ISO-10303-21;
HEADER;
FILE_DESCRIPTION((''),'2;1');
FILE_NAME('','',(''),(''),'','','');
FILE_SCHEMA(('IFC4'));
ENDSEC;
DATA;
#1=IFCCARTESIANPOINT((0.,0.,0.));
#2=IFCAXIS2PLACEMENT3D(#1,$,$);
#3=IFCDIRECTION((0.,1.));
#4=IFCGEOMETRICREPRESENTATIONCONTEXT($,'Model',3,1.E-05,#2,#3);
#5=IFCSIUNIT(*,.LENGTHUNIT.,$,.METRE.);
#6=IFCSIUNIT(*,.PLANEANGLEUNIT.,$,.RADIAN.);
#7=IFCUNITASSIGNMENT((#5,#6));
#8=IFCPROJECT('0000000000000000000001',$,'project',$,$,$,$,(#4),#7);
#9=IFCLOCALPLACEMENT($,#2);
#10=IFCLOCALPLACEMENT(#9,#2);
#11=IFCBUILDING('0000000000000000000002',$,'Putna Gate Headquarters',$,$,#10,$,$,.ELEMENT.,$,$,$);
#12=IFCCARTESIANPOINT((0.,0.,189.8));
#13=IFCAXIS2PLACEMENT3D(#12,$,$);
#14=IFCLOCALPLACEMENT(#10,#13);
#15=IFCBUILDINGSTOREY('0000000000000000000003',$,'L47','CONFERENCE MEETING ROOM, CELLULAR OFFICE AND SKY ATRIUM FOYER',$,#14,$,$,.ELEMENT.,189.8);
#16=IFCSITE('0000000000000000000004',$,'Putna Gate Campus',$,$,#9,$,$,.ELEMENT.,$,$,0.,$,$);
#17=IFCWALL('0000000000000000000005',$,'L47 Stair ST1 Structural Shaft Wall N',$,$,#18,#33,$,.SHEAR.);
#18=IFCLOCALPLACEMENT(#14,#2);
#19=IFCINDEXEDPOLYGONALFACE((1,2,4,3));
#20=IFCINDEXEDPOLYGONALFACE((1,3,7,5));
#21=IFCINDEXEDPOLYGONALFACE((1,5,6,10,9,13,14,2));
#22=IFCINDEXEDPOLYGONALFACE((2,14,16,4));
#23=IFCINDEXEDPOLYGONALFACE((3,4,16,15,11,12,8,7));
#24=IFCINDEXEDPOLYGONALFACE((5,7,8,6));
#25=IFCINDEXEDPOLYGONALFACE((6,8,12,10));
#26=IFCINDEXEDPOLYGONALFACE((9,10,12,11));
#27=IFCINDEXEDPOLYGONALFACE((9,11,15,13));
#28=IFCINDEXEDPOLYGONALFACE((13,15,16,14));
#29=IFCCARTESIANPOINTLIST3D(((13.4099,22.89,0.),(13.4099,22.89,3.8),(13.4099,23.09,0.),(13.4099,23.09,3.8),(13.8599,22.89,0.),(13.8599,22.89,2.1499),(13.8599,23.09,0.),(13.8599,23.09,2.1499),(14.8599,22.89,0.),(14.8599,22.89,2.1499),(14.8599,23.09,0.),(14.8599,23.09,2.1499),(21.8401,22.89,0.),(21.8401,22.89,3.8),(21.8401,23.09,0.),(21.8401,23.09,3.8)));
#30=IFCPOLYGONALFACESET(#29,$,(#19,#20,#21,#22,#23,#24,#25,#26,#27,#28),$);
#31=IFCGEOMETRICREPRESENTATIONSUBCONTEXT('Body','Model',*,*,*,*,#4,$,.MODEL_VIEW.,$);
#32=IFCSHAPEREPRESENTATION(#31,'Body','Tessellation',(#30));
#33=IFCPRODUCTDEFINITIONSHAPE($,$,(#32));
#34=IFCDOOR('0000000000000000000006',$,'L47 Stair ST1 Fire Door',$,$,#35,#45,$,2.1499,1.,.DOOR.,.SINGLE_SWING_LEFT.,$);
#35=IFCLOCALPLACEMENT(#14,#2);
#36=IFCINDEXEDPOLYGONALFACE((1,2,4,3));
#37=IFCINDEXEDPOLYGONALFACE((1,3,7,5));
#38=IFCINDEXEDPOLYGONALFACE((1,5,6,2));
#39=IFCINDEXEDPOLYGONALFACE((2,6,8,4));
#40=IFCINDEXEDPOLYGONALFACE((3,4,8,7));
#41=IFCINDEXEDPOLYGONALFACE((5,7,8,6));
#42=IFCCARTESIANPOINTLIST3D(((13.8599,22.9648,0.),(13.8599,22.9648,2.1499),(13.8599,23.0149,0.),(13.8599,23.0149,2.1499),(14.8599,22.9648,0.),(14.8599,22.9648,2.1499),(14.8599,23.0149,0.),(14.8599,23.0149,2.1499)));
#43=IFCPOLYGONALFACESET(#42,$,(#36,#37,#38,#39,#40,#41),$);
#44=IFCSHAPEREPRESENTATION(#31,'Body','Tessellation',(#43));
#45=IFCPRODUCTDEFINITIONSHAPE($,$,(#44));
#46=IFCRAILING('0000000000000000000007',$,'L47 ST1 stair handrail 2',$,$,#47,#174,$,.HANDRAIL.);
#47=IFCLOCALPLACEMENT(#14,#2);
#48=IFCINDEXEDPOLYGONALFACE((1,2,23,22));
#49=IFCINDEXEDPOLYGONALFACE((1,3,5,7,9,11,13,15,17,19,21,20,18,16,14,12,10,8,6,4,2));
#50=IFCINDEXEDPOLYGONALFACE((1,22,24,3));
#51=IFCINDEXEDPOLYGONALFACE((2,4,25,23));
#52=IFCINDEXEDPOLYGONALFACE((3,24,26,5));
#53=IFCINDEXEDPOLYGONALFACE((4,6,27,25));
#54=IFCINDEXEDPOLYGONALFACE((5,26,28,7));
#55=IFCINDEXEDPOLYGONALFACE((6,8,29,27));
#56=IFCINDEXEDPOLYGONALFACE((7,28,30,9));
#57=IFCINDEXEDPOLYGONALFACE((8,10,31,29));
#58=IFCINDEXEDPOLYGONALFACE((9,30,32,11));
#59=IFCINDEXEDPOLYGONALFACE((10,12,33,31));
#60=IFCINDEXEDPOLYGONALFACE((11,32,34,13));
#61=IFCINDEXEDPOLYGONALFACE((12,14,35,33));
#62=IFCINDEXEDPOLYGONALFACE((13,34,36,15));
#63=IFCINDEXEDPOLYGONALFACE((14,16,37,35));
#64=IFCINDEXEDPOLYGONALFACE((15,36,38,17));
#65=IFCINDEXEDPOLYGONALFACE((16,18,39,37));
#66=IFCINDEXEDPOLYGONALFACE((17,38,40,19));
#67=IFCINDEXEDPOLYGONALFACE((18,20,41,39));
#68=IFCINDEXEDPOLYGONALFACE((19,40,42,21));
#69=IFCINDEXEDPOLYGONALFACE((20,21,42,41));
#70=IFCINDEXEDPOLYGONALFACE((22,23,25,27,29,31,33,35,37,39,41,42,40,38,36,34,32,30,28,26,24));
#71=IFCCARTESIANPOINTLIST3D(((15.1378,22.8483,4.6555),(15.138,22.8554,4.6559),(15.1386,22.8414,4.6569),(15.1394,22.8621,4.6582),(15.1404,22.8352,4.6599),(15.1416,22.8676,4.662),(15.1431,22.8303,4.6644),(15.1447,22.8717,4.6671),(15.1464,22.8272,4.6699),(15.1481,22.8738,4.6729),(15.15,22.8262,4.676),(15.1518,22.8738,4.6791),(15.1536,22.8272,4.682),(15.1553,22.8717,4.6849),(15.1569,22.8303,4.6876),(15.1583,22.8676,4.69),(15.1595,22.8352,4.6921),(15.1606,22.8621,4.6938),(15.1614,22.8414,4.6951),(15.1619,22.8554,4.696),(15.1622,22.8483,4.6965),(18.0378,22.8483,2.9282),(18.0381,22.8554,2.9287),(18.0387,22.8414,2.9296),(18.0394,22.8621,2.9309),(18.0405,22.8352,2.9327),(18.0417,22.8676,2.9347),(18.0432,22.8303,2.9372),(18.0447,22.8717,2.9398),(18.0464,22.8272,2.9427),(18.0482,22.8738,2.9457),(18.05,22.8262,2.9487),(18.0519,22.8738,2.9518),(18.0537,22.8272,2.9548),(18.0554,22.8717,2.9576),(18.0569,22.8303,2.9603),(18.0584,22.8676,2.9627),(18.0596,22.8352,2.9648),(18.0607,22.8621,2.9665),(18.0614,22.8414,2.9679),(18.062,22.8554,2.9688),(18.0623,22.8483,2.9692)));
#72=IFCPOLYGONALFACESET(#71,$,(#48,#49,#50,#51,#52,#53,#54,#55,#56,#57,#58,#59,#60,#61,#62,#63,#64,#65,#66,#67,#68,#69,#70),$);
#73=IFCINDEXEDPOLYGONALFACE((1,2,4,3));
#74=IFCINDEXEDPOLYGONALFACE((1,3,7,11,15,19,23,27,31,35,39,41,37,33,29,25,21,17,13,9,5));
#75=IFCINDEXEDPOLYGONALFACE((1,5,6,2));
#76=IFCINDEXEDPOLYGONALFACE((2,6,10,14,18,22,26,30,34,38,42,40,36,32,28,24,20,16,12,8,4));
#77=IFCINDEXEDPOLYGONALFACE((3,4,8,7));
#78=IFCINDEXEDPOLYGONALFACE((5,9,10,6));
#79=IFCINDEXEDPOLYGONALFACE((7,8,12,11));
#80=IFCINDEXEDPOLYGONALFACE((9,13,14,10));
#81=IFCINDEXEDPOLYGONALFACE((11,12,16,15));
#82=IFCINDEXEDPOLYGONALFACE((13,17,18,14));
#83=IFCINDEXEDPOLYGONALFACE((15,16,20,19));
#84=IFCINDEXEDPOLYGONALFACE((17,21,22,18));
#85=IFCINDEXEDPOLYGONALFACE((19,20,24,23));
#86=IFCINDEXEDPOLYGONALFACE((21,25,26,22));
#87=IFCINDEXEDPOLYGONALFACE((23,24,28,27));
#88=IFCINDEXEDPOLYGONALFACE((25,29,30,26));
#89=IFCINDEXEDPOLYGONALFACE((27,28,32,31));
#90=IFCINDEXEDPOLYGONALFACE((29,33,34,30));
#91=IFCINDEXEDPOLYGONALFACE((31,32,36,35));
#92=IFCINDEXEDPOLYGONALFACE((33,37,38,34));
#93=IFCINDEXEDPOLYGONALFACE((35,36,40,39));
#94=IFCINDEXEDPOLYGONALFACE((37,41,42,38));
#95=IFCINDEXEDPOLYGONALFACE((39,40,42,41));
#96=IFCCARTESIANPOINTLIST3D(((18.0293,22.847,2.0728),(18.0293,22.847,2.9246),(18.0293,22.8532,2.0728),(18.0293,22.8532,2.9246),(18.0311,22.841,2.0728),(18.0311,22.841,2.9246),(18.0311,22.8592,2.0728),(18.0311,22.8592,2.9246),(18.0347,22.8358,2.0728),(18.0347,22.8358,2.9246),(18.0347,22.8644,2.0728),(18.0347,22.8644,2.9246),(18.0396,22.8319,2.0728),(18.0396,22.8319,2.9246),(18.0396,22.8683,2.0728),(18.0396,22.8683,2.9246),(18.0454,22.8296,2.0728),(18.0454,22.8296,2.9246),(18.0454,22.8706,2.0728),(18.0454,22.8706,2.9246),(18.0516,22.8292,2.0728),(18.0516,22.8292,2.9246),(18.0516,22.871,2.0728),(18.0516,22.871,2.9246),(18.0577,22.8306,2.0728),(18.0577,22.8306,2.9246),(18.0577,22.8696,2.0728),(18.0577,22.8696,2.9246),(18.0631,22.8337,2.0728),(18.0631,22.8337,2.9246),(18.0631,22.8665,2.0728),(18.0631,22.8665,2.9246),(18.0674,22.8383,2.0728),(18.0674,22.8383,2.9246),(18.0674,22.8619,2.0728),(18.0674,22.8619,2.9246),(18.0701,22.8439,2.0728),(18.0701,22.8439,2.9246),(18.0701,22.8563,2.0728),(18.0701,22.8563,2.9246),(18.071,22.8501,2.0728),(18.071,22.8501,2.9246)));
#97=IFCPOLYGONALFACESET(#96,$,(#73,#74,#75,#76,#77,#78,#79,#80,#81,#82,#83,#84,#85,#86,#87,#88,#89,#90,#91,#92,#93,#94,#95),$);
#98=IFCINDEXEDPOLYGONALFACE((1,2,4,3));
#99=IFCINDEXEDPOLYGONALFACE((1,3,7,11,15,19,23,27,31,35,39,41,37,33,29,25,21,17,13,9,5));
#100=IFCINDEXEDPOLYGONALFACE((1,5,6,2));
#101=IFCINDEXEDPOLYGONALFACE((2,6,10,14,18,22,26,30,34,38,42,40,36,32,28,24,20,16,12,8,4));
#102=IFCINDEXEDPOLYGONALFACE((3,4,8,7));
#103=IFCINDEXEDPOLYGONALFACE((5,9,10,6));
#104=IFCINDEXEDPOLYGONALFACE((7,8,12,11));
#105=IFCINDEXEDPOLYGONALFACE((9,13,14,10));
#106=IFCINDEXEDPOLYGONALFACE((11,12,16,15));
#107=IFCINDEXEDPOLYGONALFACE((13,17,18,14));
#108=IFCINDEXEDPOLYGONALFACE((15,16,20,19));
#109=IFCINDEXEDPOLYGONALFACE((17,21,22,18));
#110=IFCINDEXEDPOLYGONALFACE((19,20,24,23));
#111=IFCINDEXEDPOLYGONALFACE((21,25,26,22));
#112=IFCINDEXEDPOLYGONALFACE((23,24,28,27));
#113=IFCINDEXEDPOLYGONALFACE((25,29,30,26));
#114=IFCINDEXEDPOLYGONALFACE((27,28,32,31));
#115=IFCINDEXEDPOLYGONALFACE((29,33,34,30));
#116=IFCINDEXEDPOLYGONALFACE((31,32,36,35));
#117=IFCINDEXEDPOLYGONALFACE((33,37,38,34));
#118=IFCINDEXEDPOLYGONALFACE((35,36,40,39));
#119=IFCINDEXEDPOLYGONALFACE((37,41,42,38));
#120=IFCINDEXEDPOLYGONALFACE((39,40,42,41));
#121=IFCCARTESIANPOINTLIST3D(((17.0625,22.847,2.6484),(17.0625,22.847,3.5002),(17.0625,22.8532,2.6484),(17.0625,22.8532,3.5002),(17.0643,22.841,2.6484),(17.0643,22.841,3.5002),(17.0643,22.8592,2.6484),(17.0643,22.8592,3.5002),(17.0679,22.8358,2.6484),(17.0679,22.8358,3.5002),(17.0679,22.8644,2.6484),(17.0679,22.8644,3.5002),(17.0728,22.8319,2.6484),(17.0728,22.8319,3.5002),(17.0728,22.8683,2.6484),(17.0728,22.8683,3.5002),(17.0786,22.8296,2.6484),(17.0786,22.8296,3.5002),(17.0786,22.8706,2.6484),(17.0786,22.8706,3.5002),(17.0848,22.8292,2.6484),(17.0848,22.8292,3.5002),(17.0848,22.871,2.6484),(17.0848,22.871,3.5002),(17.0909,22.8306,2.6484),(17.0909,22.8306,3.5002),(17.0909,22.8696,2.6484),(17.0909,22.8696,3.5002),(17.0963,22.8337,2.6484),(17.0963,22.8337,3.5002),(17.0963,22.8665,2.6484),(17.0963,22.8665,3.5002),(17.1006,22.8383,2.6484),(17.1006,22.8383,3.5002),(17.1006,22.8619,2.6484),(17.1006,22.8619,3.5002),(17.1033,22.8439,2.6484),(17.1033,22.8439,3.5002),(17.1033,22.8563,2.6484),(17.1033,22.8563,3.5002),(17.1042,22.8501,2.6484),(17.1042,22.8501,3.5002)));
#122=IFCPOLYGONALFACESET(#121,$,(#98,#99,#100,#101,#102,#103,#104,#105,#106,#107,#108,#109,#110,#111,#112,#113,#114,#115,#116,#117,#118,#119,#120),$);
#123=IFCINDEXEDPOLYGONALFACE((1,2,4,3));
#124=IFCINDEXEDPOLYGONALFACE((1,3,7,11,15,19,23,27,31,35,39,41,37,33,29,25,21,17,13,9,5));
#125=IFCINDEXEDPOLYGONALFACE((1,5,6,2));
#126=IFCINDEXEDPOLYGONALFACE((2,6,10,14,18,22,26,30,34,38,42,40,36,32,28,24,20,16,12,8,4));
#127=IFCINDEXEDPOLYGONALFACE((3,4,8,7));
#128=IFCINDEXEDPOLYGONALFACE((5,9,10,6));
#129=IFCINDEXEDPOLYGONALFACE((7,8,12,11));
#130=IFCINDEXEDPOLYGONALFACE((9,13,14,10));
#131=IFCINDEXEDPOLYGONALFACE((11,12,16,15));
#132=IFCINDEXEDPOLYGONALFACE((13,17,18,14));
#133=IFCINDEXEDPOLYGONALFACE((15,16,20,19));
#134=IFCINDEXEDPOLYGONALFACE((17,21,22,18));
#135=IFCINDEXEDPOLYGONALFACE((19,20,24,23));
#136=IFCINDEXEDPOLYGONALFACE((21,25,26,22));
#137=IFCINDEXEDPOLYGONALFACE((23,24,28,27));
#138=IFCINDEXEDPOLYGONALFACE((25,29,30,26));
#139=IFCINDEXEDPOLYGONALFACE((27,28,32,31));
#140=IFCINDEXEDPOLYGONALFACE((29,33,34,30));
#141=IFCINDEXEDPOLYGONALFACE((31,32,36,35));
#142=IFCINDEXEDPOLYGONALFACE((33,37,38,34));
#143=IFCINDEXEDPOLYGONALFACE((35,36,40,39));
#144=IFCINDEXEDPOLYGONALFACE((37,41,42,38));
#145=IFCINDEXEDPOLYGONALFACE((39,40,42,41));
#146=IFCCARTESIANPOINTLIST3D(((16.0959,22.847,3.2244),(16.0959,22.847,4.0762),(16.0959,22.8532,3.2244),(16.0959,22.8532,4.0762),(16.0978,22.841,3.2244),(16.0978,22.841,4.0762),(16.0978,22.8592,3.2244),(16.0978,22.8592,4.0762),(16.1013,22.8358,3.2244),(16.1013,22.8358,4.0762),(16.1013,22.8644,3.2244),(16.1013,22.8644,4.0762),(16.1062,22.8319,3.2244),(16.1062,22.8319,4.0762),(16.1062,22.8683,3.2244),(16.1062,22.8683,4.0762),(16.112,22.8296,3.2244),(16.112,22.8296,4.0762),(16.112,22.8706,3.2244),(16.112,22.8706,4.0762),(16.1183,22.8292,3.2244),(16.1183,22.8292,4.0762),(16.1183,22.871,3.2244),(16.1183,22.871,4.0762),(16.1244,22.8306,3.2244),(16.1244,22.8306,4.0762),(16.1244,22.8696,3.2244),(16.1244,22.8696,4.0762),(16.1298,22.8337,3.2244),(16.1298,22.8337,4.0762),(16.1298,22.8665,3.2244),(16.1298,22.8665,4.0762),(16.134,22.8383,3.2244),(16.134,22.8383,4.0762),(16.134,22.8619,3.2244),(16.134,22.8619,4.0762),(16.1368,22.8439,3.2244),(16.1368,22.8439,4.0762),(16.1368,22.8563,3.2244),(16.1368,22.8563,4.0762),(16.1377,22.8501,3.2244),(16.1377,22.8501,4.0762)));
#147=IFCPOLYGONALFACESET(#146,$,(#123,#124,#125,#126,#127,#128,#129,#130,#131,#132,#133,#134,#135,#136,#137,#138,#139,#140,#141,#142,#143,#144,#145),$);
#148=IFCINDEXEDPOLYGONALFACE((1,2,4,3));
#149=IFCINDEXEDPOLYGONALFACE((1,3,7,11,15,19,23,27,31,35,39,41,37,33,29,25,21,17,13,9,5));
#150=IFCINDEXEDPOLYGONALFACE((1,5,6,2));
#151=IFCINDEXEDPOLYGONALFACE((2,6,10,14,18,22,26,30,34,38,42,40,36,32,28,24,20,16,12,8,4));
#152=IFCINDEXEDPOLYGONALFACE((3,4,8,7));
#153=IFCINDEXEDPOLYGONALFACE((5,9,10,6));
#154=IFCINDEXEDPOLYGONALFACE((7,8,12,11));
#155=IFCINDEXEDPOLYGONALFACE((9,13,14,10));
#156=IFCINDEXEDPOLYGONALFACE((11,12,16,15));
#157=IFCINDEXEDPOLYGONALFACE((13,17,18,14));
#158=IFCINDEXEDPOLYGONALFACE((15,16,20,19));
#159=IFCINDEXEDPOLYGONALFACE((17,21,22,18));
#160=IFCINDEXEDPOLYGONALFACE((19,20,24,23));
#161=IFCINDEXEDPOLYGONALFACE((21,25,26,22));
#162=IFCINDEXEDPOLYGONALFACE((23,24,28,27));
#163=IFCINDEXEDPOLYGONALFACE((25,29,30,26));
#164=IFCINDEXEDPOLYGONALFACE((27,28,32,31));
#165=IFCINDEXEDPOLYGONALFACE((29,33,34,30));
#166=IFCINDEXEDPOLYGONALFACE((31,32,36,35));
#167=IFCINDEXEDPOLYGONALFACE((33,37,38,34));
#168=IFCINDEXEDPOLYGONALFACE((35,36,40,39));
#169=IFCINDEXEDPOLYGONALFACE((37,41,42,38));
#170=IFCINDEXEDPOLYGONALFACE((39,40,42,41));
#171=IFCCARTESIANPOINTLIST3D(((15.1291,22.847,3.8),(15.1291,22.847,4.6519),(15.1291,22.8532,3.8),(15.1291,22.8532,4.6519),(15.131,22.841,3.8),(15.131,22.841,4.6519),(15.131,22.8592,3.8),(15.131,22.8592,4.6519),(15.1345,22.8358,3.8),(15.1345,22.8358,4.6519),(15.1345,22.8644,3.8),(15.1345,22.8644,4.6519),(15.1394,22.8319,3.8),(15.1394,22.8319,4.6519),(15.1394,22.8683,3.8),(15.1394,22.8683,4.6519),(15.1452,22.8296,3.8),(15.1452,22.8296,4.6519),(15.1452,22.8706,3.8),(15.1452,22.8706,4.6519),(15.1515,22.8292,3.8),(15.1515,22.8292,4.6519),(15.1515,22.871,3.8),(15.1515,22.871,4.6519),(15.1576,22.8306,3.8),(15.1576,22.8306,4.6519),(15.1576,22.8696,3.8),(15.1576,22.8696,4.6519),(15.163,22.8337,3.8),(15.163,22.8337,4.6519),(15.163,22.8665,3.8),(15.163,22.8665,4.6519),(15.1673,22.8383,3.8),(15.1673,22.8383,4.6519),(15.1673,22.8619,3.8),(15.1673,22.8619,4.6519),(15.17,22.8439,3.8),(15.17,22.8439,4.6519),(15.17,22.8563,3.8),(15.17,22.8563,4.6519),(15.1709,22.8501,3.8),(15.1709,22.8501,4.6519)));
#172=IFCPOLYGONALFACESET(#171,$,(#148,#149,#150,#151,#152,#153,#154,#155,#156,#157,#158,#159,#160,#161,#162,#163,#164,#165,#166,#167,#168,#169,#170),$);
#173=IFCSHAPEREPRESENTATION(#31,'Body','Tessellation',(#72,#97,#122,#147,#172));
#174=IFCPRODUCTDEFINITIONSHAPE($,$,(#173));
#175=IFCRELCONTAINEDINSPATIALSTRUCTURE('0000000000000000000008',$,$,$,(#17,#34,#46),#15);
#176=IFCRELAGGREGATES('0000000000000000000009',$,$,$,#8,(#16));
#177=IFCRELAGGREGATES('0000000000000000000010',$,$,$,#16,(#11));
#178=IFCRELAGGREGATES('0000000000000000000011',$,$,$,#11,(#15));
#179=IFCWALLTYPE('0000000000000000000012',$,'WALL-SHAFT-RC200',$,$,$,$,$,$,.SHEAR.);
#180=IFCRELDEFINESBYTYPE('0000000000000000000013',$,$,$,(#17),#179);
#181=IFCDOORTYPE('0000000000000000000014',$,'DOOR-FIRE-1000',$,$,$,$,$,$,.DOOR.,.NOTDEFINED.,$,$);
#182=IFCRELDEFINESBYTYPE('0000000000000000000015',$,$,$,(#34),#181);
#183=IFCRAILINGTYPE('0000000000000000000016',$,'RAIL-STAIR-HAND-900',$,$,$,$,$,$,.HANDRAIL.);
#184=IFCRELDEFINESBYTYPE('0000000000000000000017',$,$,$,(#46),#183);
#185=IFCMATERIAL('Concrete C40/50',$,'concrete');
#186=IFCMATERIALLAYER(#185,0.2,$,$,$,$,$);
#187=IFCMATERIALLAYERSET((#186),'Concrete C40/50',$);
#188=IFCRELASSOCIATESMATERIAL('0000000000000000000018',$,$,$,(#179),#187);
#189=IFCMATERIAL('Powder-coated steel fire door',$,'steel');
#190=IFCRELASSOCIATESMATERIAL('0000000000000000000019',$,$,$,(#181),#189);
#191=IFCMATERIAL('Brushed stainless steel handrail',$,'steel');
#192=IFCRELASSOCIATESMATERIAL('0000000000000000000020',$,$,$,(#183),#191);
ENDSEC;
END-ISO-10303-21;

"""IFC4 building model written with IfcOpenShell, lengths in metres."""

from ifc_helpers import new_model, si_unit, direction, frame, frame_2d, origin, origin_2d, place, context, subcontext, project, spatial, rectangle, circle, extrude, material, layer, layer_set, type_object, element, fill, save


model = new_model("IFC4")

# Units and contexts
model_context = context("Model", 3, precision=1e-05, world=origin(), true_north=direction((0.0, 1.0)))
body_context = subcontext(model_context, "Body", "Model", "MODEL_VIEW")
ifc_project = project(units=[si_unit("LENGTHUNIT", "METRE"), si_unit("PLANEANGLEUNIT", "RADIAN")], contexts=[model_context])

# Site, building, storey
site_placement = place(None, origin())
site = spatial("IfcSite", under=ifc_project, at=site_placement, Name="Putna Gate Campus", CompositionType="ELEMENT", RefElevation=0.0)
building_placement = place(site_placement, origin())
building = spatial("IfcBuilding", under=site, at=building_placement, Name="Putna Gate Headquarters", CompositionType="ELEMENT")
storey_placement = place(building_placement, frame((0.0, 0.0, 189.8)))
storey = spatial("IfcBuildingStorey", under=building, at=storey_placement, Name="L47", Description="CONFERENCE MEETING ROOM, CELLULAR OFFICE AND SKY ATRIUM FOYER", CompositionType="ELEMENT", Elevation=189.8)

# Shared definitions
ifc_material_1 = material(Name="Concrete C40/50", Category="concrete")

# Wall, opening, door
ifc_layer_1 = layer(ifc_material_1, 0.2)
ifc_layer_set_1 = layer_set([ifc_layer_1], Name="Concrete C40/50")
wall_type_1 = type_object("IfcWallType", Name="WALL-SHAFT-RC200", PredefinedType="SHEAR", material=ifc_layer_set_1)
wall_1_placement = place(storey_placement, frame((13.4099, 22.99, 0.0), z_axis=(0.0, 0.0, 1.0), x_axis=(1.0, 0.0, 0.0)))
wall_1 = element("IfcWall", 1, at=wall_1_placement, inside=storey, type_object=wall_type_1, Name="L47 Stair ST1 Structural Shaft Wall N", PredefinedType="SHEAR", context=body_context, shape_type="SweptSolid", body=[
    extrude(rectangle(XDim=8.4302, YDim=0.2, at=frame_2d((4.2151, 0.0))), origin(), (0.0, 0.0, 1.0), 3.8),
])
opening_1_placement = place(wall_1_placement, frame((0.45, 0.0, 0.0)))
opening_1 = element("IfcOpeningElement", 2, at=opening_1_placement, cuts=wall_1, PredefinedType="OPENING", context=body_context, shape_type="SweptSolid", body=[
    extrude(rectangle(XDim=1.0, YDim=2.1499, at=frame_2d((0.5, 1.075))), frame((0.0, 0.1099, 0.0), z_axis=(0.0, -1.0, 0.0), x_axis=(1.0, 0.0, 0.0)), (0.0, 0.0, 1.0), 0.22),
])
ifc_material_2 = material(Name="Powder-coated steel fire door", Category="steel")
door_type_1 = type_object("IfcDoorType", Name="DOOR-FIRE-1000", OperationType="NOTDEFINED", PredefinedType="DOOR", material=ifc_material_2)
door_1_placement = place(opening_1_placement, origin())
door_1 = element("IfcDoor", 3, at=door_1_placement, inside=storey, type_object=door_type_1, Name="L47 Stair ST1 Fire Door", OperationType="SINGLE_SWING_LEFT", OverallHeight=2.1499, OverallWidth=1.0, PredefinedType="DOOR", context=body_context, shape_type="SweptSolid", body=[
    extrude(rectangle(XDim=1.0, YDim=2.1499, at=frame_2d((0.5, 1.075))), frame((0.0, 0.0249, 0.0), z_axis=(0.0, -1.0, 0.0), x_axis=(1.0, 0.0, 0.0)), (0.0, 0.0, 1.0), 0.05),
])
fill(opening_1, door_1)

# Railing
ifc_material_3 = material(Name="Brushed stainless steel handrail", Category="steel")
railing_type = type_object("IfcRailingType", Name="RAIL-STAIR-HAND-900", PredefinedType="HANDRAIL", material=ifc_material_3)
railing_placement = place(storey_placement, frame((18.05, 22.8501, 2.0728)))
element("IfcRailing", 4, at=railing_placement, inside=storey, type_object=railing_type, Name="L47 ST1 stair handrail 2", PredefinedType="HANDRAIL", context=body_context, shape_type="SweptSolid", body=[
    extrude(circle(Radius=0.0239, at=origin_2d()), frame((0.0, 0.0, 0.876), z_axis=(-0.85916, 0.0, 0.511706), x_axis=(0.0, -1.0, 0.0)), (0.0, 0.0, 1.0), 3.3755),
    extrude(circle(Radius=0.021, at=origin_2d()), origin(), (0.0, 0.0, 1.0), 0.8518),
    extrude(circle(Radius=0.021, at=origin_2d()), frame((-0.9668, 0.0, 0.5757)), (0.0, 0.0, 1.0), 0.8518),
    extrude(circle(Radius=0.021, at=origin_2d()), frame((-1.9333, 0.0, 1.1516)), (0.0, 0.0, 1.0), 0.8518),
    extrude(circle(Radius=0.021, at=origin_2d()), frame((-2.9001, 0.0, 1.7273)), (0.0, 0.0, 1.0), 0.8518),
])

save(model, "model.ifc")
